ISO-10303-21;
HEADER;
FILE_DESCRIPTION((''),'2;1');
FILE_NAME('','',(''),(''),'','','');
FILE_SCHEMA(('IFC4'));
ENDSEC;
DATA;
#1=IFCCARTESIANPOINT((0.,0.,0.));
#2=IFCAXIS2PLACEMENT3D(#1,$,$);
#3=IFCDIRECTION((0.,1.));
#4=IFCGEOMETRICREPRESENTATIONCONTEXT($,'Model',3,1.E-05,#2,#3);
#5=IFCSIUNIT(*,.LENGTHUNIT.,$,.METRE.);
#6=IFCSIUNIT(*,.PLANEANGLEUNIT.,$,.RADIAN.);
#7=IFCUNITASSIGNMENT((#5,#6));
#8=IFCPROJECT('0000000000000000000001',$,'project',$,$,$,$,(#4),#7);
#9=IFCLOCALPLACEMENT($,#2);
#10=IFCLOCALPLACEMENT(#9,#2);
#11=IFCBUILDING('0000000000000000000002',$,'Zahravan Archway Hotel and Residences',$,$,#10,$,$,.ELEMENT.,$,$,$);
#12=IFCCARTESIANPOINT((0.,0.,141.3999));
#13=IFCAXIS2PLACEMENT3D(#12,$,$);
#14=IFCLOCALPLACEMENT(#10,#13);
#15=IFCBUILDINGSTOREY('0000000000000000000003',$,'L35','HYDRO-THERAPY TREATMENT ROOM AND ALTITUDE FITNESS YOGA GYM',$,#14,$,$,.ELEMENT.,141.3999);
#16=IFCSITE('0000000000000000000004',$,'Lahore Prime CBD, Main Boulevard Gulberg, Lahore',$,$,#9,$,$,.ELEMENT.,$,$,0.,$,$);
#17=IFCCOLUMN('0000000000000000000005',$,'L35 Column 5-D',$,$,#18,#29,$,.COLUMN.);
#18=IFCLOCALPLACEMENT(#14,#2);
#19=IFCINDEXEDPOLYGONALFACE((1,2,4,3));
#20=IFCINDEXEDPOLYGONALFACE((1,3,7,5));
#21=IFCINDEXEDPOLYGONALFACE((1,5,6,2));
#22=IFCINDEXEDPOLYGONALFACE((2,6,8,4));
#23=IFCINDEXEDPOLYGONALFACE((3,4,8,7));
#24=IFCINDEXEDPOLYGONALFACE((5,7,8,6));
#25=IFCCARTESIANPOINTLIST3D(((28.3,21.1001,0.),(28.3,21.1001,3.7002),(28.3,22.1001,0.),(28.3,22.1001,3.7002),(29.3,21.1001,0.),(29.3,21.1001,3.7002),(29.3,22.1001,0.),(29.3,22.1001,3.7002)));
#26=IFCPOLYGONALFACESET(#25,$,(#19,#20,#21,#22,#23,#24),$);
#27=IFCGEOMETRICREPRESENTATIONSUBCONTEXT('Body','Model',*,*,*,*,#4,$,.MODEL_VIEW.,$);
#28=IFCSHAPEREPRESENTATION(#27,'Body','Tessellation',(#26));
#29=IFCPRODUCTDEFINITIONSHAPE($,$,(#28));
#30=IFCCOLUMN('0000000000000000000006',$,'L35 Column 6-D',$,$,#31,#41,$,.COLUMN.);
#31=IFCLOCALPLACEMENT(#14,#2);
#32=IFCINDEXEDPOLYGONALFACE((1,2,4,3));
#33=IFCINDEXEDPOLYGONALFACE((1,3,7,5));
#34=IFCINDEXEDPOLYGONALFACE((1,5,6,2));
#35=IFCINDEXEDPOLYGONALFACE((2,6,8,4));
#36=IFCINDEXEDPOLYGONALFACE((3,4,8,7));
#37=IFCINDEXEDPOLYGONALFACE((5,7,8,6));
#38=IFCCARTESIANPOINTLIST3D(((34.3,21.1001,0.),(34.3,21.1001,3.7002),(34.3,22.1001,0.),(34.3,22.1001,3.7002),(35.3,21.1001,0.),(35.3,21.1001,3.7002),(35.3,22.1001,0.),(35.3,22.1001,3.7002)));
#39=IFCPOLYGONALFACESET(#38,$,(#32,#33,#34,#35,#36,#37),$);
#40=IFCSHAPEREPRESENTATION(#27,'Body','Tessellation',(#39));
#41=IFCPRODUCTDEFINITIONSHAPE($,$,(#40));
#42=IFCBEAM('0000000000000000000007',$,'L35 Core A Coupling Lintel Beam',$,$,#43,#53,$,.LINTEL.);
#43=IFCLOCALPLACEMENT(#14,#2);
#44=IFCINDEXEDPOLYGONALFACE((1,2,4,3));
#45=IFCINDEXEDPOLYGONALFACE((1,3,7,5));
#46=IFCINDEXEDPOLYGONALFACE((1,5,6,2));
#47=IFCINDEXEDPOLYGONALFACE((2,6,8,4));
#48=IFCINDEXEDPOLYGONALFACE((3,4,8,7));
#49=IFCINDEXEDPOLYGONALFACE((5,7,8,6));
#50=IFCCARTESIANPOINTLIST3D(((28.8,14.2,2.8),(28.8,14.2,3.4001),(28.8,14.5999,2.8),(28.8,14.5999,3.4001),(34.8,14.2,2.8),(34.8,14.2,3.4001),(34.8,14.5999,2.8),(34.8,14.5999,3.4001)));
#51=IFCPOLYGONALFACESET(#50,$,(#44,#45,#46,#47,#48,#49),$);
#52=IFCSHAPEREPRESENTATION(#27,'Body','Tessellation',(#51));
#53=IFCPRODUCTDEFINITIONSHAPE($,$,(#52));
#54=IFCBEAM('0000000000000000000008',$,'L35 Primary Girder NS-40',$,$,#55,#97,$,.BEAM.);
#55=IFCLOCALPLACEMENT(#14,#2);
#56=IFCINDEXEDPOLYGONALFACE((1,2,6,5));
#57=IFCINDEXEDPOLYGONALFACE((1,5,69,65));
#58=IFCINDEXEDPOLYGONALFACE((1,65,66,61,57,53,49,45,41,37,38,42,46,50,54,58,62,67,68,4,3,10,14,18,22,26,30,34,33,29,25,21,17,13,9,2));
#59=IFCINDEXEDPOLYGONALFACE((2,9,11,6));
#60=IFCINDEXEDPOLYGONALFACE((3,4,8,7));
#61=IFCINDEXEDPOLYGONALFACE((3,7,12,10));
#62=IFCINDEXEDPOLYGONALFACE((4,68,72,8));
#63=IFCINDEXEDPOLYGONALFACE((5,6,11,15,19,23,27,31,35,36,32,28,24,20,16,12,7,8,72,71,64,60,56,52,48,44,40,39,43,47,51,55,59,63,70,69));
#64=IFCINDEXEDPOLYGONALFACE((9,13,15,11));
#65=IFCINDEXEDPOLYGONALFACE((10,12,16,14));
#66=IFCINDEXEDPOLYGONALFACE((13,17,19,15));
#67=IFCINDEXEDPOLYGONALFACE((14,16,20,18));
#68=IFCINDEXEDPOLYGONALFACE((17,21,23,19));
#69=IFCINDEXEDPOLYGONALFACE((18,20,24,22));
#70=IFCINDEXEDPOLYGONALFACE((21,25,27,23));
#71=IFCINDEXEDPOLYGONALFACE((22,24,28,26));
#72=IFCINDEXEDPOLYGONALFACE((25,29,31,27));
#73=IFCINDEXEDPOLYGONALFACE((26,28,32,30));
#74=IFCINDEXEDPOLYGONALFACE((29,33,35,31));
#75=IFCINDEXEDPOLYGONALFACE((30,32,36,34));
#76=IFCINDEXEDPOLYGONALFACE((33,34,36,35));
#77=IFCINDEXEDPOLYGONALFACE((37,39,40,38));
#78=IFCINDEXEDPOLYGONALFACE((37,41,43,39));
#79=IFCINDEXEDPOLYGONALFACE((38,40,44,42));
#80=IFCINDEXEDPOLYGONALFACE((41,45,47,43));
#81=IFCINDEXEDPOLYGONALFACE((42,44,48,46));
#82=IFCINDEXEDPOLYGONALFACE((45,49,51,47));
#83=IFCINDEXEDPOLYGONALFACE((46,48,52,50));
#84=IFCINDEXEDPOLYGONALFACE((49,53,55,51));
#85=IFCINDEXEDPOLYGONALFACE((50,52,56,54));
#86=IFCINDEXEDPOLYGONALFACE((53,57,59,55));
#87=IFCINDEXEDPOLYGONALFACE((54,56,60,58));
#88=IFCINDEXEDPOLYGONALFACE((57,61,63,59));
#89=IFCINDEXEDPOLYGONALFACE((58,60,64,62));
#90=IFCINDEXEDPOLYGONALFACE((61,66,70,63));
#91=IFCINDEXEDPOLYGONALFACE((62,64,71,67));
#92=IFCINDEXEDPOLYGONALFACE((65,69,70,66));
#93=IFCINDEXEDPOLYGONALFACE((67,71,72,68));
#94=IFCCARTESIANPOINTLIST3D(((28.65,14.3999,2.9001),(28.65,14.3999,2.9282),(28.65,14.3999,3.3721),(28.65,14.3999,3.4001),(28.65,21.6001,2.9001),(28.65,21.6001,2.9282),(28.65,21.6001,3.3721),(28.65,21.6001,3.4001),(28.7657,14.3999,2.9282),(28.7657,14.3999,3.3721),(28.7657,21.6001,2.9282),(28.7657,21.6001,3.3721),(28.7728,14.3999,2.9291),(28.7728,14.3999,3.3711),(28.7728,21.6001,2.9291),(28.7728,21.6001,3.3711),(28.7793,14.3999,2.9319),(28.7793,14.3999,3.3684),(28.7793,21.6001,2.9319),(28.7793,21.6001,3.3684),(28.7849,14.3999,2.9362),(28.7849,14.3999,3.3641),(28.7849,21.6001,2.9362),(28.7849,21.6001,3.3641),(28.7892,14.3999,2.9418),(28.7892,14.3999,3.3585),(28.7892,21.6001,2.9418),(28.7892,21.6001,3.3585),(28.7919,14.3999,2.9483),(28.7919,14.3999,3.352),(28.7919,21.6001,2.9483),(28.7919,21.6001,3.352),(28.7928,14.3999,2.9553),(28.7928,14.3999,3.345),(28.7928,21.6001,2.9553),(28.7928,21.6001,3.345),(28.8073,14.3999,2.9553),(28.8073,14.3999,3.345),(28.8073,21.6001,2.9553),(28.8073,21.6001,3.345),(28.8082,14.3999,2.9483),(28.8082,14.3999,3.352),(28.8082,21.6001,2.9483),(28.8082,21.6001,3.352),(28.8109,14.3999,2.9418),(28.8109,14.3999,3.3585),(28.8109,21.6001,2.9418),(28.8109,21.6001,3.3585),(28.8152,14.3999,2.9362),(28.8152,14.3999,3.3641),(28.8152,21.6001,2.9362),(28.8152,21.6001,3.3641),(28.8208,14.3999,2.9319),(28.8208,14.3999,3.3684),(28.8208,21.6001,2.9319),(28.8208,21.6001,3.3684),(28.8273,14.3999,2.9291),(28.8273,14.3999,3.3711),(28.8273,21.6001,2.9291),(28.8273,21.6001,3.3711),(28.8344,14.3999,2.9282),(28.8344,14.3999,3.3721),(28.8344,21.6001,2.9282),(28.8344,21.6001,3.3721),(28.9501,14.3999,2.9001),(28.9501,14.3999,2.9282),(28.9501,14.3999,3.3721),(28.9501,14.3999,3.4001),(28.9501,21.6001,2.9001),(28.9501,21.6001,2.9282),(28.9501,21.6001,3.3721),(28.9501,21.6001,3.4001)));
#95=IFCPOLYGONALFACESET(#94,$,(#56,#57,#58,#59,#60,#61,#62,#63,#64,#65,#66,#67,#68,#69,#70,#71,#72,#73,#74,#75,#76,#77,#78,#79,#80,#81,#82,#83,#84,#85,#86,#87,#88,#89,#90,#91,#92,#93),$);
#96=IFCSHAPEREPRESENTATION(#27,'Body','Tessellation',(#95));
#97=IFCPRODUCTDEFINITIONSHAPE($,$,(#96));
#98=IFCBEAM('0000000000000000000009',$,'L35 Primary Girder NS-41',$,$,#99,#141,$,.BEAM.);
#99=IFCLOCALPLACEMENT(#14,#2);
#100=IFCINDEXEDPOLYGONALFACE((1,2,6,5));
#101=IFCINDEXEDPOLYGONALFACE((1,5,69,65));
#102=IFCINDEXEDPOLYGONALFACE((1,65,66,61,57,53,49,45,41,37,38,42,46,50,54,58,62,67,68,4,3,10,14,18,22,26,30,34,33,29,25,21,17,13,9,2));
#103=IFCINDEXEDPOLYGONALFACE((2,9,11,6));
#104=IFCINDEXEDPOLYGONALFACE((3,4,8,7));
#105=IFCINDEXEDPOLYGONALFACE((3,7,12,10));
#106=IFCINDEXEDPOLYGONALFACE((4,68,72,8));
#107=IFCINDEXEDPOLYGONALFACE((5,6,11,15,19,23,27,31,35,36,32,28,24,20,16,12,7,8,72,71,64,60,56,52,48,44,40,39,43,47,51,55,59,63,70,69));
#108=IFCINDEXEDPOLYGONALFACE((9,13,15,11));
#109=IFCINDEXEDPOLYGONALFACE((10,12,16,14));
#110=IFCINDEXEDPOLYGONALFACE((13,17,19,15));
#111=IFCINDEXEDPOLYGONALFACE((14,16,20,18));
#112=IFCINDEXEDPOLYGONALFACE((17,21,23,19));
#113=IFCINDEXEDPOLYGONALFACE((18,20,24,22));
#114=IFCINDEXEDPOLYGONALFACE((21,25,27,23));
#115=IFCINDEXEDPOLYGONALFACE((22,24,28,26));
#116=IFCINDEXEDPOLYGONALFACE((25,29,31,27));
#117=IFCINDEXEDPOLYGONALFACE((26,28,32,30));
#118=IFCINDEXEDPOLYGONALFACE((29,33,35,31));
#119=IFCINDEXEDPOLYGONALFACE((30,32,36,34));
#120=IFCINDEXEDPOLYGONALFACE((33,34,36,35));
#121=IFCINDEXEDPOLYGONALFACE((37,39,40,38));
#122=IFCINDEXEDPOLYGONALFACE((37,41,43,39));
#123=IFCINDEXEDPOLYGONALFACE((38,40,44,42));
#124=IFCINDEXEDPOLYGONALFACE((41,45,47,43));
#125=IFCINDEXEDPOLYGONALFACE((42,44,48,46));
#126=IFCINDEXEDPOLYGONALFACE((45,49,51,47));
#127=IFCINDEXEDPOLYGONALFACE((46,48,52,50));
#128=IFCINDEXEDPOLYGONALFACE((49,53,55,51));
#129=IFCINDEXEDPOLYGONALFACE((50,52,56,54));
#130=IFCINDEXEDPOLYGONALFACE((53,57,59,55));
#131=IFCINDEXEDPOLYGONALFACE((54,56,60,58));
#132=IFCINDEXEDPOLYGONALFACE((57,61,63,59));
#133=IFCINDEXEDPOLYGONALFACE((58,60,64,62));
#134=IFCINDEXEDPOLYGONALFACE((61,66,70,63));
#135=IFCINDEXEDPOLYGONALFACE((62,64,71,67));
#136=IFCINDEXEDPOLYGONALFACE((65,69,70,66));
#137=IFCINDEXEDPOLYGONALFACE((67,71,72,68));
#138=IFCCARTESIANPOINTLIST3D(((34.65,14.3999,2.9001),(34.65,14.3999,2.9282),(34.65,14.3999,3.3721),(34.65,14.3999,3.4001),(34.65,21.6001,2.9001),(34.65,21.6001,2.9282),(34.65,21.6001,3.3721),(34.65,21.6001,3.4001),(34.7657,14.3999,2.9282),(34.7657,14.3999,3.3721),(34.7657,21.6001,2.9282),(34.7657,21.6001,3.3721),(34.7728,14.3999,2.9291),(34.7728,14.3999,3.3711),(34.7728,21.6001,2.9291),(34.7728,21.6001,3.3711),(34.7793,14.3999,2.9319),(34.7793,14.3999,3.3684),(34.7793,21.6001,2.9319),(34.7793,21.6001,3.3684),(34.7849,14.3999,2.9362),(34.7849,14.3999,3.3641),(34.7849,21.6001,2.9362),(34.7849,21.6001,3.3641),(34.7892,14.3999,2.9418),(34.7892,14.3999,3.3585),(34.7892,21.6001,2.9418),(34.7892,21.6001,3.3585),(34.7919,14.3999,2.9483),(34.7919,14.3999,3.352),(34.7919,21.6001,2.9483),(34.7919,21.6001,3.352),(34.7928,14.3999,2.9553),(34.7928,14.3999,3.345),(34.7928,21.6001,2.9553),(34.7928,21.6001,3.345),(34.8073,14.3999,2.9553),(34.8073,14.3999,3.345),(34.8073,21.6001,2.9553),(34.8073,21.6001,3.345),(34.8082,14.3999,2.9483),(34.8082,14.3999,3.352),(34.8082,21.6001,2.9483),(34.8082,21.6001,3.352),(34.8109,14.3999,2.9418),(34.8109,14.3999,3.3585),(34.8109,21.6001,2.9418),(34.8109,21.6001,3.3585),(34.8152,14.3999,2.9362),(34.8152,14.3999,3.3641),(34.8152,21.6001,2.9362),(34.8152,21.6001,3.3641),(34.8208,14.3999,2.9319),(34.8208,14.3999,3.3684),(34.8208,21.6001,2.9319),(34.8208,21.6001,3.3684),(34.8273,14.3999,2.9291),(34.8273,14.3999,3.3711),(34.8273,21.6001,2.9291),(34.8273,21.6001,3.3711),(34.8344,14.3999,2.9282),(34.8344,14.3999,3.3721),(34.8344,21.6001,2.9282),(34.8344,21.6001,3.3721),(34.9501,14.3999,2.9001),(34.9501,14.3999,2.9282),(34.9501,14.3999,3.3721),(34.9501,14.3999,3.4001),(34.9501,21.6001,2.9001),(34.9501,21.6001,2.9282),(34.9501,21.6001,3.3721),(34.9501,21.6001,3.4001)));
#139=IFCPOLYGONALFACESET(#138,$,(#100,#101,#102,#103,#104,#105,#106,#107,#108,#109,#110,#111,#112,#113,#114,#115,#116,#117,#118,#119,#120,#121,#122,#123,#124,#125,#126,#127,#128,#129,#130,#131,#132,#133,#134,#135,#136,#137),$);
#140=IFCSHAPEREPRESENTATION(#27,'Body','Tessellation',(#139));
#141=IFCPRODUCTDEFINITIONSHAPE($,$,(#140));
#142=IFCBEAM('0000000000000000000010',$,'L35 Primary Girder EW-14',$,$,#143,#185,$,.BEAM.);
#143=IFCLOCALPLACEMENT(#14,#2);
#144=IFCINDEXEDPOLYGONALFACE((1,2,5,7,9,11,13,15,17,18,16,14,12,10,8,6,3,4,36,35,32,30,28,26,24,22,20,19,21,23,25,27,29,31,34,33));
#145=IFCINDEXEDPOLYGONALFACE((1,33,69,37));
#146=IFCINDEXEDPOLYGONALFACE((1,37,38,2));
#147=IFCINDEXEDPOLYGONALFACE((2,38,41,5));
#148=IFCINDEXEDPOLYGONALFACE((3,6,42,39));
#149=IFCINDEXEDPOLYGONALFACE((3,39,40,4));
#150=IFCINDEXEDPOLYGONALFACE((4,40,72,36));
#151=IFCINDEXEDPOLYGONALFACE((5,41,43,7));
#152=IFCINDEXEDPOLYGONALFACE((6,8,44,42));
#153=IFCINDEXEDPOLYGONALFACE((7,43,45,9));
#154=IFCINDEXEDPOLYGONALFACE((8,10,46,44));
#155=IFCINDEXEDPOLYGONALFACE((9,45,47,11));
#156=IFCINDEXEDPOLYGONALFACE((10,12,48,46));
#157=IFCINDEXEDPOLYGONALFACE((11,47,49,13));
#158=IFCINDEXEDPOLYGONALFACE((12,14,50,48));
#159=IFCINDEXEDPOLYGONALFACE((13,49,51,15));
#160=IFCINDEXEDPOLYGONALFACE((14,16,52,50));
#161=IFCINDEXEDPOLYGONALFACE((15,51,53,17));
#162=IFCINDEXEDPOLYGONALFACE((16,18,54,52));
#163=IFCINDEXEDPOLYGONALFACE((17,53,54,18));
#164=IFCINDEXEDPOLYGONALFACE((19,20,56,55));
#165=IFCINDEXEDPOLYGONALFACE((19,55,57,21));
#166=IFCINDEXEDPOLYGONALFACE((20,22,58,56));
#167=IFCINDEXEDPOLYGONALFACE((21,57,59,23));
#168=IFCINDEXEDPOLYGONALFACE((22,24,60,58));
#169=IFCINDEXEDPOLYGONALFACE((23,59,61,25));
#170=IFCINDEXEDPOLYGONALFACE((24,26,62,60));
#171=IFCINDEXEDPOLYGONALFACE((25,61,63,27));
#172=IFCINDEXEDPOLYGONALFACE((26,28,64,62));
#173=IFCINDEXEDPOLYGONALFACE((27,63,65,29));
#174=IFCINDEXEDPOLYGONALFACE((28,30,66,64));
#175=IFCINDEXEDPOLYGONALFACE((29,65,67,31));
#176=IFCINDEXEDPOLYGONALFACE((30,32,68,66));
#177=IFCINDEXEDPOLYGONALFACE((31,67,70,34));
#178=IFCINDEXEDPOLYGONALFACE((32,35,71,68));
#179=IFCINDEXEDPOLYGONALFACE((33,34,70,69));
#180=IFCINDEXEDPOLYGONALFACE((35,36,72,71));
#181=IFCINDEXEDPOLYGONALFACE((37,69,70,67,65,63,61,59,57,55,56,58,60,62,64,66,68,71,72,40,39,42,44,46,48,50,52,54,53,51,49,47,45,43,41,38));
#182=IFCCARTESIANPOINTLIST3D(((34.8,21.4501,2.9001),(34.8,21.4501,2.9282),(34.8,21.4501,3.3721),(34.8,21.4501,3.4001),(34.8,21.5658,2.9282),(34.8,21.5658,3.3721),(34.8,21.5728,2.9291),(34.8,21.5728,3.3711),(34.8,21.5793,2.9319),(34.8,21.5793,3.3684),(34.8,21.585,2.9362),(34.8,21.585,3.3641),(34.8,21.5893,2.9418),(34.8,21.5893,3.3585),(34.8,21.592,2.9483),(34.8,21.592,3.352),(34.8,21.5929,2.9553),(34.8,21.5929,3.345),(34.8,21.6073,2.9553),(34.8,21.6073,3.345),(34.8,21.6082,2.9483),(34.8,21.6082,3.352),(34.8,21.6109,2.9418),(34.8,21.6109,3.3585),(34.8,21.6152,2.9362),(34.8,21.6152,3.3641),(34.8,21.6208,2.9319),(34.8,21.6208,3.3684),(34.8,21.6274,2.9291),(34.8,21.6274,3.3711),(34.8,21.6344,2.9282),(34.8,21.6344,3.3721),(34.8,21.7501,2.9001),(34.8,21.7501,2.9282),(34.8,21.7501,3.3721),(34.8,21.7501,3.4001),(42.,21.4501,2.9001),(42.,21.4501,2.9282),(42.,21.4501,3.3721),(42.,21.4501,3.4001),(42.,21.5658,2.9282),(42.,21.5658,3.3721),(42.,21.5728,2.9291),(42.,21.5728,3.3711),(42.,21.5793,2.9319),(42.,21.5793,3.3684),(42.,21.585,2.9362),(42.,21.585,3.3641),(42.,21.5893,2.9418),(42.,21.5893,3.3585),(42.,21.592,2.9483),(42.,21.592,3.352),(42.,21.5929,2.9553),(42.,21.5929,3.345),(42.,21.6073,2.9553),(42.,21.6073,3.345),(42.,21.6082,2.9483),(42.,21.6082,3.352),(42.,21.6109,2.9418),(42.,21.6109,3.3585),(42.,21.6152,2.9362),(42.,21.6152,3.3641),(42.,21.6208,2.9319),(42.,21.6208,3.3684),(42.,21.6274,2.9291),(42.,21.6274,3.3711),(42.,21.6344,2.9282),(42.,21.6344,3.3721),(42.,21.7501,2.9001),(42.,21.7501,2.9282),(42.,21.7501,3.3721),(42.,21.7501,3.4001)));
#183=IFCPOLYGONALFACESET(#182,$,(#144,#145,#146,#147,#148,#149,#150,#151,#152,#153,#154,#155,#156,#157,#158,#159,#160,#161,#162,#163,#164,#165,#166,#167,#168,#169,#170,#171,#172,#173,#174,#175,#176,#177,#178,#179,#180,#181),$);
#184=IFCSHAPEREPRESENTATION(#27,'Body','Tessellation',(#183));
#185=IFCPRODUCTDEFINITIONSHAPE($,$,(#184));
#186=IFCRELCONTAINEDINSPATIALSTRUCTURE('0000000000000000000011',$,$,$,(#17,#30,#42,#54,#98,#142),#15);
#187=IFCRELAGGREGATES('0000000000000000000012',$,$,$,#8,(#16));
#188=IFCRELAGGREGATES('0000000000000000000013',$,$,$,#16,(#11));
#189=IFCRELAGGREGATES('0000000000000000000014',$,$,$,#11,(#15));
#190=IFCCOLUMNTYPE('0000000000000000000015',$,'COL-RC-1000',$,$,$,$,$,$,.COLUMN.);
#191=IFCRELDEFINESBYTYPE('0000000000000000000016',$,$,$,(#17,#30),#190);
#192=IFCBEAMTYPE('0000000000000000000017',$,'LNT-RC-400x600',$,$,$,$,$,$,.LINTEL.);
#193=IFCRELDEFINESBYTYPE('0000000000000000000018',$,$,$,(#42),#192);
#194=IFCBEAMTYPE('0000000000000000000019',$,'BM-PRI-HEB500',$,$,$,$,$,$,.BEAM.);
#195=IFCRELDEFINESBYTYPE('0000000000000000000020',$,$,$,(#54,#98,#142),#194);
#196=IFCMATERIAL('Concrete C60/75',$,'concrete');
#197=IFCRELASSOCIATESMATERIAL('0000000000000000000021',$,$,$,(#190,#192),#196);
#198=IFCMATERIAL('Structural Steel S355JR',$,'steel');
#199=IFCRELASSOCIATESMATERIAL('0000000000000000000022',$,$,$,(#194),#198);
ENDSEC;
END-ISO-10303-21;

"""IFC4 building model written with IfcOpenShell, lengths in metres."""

from ifc_helpers import new_model, si_unit, direction, frame, origin, origin_2d, place, context, subcontext, project, spatial, rectangle, i_section, extrude, source, transform, mapped, material, material_profile, profile_set, type_object, type_shapes, element, save


model = new_model("IFC4")

# Units and contexts
model_context = context("Model", 3, precision=1e-05, world=origin(), true_north=direction((0.0, 1.0)))
body_context = subcontext(model_context, "Body", "Model", "MODEL_VIEW")
ifc_project = project(units=[si_unit("LENGTHUNIT", "METRE"), si_unit("PLANEANGLEUNIT", "RADIAN")], contexts=[model_context])

# Site, building, storey
site_placement = place(None, origin())
site = spatial("IfcSite", under=ifc_project, at=site_placement, Name="Lahore Prime CBD, Main Boulevard Gulberg, Lahore", CompositionType="ELEMENT", RefElevation=0.0)
building_placement = place(site_placement, origin())
building = spatial("IfcBuilding", under=site, at=building_placement, Name="Zahravan Archway Hotel and Residences", CompositionType="ELEMENT")
storey_placement = place(building_placement, frame((0.0, 0.0, 141.3999)))
storey = spatial("IfcBuildingStorey", under=building, at=storey_placement, Name="L35", Description="HYDRO-THERAPY TREATMENT ROOM AND ALTITUDE FITNESS YOGA GYM", CompositionType="ELEMENT", Elevation=141.3999)

# Columns
ifc_material_1 = material(Name="Concrete C60/75", Category="concrete")
ifc_material_profile_1 = material_profile(ifc_material_1, rectangle(XDim=1.0, YDim=1.0, at=origin_2d()), Name="RC-COL-1000x1000", Category="concrete")
ifc_profile_set_1 = profile_set([ifc_material_profile_1], Name="Concrete C60/75")
column_type = type_object("IfcColumnType", Name="COL-RC-1000", PredefinedType="COLUMN", material=ifc_profile_set_1)
shared_shape_1 = source(origin(), body_context, "Body", "SweptSolid", [
    extrude(rectangle(XDim=1.0, YDim=1.0, at=origin_2d()), origin(), (0.0, 0.0, 1.0), 3.7002),
])
for number, where, z_axis, x_axis, name in (
    (1, (28.8, 21.6001, 0.0), (0.0, 0.0, 1.0), (1.0, 0.0, 0.0), "L35 Column 5-D"),
    (2, (34.8, 21.6001, 0.0), (0.0, 0.0, 1.0), (1.0, 0.0, 0.0), "L35 Column 6-D"),
):
    element("IfcColumn", number, at=place(storey_placement, frame(where, z_axis=z_axis, x_axis=x_axis)), inside=storey, type_object=column_type, Name=name, PredefinedType="COLUMN", context=body_context, shape_type="MappedRepresentation", body=[
        mapped(shared_shape_1, transform((0.0, 0.0, 0.0), scale=1.0)),
    ])

# Beams
ifc_material_profile_2 = material_profile(ifc_material_1, rectangle(XDim=0.3999, YDim=0.6001, at=origin_2d()), Name="RC-LNT-400x600", Category="concrete")
ifc_profile_set_2 = profile_set([ifc_material_profile_2], Name="Concrete C60/75")
beam_type_1 = type_object("IfcBeamType", Name="LNT-RC-400x600", PredefinedType="LINTEL", material=ifc_profile_set_2)
shared_shape_2 = source(origin(), body_context, "Body", "SweptSolid", [
    extrude(rectangle(XDim=0.3999, YDim=0.6001, at=origin_2d()), origin(), (0.0, 0.0, 1.0), 6.0),
])
type_shapes(beam_type_1, [shared_shape_2])
beam_1_placement = place(storey_placement, frame((28.8, 14.3999, 3.1001), z_axis=(1.0, 0.0, 0.0), x_axis=(0.0, 1.0, 0.0)))
element("IfcBeam", 3, at=beam_1_placement, inside=storey, type_object=beam_type_1, Name="L35 Core A Coupling Lintel Beam", PredefinedType="LINTEL", context=body_context, shape_type="MappedRepresentation", body=[
    mapped(shared_shape_2, transform((0.0, 0.0, 0.0), scale=1.0)),
])
ifc_material_2 = material(Name="Structural Steel S355JR", Category="steel")
ifc_material_profile_3 = material_profile(ifc_material_2, i_section(OverallWidth=0.3, OverallDepth=0.5, WebThickness=0.0144, FlangeThickness=0.0281, FilletRadius=0.0271, at=origin_2d()), Name="HEB 500", Category="steel")
ifc_profile_set_3 = profile_set([ifc_material_profile_3], Name="Structural Steel S355JR")
beam_type_2 = type_object("IfcBeamType", Name="BM-PRI-HEB500", PredefinedType="BEAM", material=ifc_profile_set_3)
shared_shape_3 = source(origin(), body_context, "Body", "SweptSolid", [
    extrude(i_section(OverallWidth=0.3, OverallDepth=0.5, WebThickness=0.0144, FlangeThickness=0.0281, FilletRadius=0.0271, at=origin_2d()), origin(), (0.0, 0.0, 1.0), 7.2002),
])
type_shapes(beam_type_2, [shared_shape_3])
for number, where, z_axis, x_axis, name in (
    (4, (28.8, 14.3999, 3.1501), (0.0, 1.0, 0.0), (-1.0, 0.0, 0.0), "L35 Primary Girder NS-40"),
    (5, (34.8, 14.3999, 3.1501), (0.0, 1.0, 0.0), (-1.0, 0.0, 0.0), "L35 Primary Girder NS-41"),
):
    element("IfcBeam", number, at=place(storey_placement, frame(where, z_axis=z_axis, x_axis=x_axis)), inside=storey, type_object=beam_type_2, Name=name, PredefinedType="BEAM", context=body_context, shape_type="MappedRepresentation", body=[
        mapped(shared_shape_3, transform((0.0, 0.0, 0.0), scale=1.0)),
    ])
shared_shape_4 = source(origin(), body_context, "Body", "SweptSolid", [
    extrude(i_section(OverallWidth=0.3, OverallDepth=0.5, WebThickness=0.0144, FlangeThickness=0.0281, FilletRadius=0.0271, at=origin_2d()), origin(), (0.0, 0.0, 1.0), 7.2),
])
beam_2_placement = place(storey_placement, frame((34.8, 21.6001, 3.1501), z_axis=(1.0, 0.0, 0.0), x_axis=(0.0, 1.0, 0.0)))
element("IfcBeam", 6, at=beam_2_placement, inside=storey, type_object=beam_type_2, Name="L35 Primary Girder EW-14", PredefinedType="BEAM", context=body_context, shape_type="MappedRepresentation", body=[
    mapped(shared_shape_4, transform((0.0, 0.0, 0.0), scale=1.0)),
])

save(model, "model.ifc")
